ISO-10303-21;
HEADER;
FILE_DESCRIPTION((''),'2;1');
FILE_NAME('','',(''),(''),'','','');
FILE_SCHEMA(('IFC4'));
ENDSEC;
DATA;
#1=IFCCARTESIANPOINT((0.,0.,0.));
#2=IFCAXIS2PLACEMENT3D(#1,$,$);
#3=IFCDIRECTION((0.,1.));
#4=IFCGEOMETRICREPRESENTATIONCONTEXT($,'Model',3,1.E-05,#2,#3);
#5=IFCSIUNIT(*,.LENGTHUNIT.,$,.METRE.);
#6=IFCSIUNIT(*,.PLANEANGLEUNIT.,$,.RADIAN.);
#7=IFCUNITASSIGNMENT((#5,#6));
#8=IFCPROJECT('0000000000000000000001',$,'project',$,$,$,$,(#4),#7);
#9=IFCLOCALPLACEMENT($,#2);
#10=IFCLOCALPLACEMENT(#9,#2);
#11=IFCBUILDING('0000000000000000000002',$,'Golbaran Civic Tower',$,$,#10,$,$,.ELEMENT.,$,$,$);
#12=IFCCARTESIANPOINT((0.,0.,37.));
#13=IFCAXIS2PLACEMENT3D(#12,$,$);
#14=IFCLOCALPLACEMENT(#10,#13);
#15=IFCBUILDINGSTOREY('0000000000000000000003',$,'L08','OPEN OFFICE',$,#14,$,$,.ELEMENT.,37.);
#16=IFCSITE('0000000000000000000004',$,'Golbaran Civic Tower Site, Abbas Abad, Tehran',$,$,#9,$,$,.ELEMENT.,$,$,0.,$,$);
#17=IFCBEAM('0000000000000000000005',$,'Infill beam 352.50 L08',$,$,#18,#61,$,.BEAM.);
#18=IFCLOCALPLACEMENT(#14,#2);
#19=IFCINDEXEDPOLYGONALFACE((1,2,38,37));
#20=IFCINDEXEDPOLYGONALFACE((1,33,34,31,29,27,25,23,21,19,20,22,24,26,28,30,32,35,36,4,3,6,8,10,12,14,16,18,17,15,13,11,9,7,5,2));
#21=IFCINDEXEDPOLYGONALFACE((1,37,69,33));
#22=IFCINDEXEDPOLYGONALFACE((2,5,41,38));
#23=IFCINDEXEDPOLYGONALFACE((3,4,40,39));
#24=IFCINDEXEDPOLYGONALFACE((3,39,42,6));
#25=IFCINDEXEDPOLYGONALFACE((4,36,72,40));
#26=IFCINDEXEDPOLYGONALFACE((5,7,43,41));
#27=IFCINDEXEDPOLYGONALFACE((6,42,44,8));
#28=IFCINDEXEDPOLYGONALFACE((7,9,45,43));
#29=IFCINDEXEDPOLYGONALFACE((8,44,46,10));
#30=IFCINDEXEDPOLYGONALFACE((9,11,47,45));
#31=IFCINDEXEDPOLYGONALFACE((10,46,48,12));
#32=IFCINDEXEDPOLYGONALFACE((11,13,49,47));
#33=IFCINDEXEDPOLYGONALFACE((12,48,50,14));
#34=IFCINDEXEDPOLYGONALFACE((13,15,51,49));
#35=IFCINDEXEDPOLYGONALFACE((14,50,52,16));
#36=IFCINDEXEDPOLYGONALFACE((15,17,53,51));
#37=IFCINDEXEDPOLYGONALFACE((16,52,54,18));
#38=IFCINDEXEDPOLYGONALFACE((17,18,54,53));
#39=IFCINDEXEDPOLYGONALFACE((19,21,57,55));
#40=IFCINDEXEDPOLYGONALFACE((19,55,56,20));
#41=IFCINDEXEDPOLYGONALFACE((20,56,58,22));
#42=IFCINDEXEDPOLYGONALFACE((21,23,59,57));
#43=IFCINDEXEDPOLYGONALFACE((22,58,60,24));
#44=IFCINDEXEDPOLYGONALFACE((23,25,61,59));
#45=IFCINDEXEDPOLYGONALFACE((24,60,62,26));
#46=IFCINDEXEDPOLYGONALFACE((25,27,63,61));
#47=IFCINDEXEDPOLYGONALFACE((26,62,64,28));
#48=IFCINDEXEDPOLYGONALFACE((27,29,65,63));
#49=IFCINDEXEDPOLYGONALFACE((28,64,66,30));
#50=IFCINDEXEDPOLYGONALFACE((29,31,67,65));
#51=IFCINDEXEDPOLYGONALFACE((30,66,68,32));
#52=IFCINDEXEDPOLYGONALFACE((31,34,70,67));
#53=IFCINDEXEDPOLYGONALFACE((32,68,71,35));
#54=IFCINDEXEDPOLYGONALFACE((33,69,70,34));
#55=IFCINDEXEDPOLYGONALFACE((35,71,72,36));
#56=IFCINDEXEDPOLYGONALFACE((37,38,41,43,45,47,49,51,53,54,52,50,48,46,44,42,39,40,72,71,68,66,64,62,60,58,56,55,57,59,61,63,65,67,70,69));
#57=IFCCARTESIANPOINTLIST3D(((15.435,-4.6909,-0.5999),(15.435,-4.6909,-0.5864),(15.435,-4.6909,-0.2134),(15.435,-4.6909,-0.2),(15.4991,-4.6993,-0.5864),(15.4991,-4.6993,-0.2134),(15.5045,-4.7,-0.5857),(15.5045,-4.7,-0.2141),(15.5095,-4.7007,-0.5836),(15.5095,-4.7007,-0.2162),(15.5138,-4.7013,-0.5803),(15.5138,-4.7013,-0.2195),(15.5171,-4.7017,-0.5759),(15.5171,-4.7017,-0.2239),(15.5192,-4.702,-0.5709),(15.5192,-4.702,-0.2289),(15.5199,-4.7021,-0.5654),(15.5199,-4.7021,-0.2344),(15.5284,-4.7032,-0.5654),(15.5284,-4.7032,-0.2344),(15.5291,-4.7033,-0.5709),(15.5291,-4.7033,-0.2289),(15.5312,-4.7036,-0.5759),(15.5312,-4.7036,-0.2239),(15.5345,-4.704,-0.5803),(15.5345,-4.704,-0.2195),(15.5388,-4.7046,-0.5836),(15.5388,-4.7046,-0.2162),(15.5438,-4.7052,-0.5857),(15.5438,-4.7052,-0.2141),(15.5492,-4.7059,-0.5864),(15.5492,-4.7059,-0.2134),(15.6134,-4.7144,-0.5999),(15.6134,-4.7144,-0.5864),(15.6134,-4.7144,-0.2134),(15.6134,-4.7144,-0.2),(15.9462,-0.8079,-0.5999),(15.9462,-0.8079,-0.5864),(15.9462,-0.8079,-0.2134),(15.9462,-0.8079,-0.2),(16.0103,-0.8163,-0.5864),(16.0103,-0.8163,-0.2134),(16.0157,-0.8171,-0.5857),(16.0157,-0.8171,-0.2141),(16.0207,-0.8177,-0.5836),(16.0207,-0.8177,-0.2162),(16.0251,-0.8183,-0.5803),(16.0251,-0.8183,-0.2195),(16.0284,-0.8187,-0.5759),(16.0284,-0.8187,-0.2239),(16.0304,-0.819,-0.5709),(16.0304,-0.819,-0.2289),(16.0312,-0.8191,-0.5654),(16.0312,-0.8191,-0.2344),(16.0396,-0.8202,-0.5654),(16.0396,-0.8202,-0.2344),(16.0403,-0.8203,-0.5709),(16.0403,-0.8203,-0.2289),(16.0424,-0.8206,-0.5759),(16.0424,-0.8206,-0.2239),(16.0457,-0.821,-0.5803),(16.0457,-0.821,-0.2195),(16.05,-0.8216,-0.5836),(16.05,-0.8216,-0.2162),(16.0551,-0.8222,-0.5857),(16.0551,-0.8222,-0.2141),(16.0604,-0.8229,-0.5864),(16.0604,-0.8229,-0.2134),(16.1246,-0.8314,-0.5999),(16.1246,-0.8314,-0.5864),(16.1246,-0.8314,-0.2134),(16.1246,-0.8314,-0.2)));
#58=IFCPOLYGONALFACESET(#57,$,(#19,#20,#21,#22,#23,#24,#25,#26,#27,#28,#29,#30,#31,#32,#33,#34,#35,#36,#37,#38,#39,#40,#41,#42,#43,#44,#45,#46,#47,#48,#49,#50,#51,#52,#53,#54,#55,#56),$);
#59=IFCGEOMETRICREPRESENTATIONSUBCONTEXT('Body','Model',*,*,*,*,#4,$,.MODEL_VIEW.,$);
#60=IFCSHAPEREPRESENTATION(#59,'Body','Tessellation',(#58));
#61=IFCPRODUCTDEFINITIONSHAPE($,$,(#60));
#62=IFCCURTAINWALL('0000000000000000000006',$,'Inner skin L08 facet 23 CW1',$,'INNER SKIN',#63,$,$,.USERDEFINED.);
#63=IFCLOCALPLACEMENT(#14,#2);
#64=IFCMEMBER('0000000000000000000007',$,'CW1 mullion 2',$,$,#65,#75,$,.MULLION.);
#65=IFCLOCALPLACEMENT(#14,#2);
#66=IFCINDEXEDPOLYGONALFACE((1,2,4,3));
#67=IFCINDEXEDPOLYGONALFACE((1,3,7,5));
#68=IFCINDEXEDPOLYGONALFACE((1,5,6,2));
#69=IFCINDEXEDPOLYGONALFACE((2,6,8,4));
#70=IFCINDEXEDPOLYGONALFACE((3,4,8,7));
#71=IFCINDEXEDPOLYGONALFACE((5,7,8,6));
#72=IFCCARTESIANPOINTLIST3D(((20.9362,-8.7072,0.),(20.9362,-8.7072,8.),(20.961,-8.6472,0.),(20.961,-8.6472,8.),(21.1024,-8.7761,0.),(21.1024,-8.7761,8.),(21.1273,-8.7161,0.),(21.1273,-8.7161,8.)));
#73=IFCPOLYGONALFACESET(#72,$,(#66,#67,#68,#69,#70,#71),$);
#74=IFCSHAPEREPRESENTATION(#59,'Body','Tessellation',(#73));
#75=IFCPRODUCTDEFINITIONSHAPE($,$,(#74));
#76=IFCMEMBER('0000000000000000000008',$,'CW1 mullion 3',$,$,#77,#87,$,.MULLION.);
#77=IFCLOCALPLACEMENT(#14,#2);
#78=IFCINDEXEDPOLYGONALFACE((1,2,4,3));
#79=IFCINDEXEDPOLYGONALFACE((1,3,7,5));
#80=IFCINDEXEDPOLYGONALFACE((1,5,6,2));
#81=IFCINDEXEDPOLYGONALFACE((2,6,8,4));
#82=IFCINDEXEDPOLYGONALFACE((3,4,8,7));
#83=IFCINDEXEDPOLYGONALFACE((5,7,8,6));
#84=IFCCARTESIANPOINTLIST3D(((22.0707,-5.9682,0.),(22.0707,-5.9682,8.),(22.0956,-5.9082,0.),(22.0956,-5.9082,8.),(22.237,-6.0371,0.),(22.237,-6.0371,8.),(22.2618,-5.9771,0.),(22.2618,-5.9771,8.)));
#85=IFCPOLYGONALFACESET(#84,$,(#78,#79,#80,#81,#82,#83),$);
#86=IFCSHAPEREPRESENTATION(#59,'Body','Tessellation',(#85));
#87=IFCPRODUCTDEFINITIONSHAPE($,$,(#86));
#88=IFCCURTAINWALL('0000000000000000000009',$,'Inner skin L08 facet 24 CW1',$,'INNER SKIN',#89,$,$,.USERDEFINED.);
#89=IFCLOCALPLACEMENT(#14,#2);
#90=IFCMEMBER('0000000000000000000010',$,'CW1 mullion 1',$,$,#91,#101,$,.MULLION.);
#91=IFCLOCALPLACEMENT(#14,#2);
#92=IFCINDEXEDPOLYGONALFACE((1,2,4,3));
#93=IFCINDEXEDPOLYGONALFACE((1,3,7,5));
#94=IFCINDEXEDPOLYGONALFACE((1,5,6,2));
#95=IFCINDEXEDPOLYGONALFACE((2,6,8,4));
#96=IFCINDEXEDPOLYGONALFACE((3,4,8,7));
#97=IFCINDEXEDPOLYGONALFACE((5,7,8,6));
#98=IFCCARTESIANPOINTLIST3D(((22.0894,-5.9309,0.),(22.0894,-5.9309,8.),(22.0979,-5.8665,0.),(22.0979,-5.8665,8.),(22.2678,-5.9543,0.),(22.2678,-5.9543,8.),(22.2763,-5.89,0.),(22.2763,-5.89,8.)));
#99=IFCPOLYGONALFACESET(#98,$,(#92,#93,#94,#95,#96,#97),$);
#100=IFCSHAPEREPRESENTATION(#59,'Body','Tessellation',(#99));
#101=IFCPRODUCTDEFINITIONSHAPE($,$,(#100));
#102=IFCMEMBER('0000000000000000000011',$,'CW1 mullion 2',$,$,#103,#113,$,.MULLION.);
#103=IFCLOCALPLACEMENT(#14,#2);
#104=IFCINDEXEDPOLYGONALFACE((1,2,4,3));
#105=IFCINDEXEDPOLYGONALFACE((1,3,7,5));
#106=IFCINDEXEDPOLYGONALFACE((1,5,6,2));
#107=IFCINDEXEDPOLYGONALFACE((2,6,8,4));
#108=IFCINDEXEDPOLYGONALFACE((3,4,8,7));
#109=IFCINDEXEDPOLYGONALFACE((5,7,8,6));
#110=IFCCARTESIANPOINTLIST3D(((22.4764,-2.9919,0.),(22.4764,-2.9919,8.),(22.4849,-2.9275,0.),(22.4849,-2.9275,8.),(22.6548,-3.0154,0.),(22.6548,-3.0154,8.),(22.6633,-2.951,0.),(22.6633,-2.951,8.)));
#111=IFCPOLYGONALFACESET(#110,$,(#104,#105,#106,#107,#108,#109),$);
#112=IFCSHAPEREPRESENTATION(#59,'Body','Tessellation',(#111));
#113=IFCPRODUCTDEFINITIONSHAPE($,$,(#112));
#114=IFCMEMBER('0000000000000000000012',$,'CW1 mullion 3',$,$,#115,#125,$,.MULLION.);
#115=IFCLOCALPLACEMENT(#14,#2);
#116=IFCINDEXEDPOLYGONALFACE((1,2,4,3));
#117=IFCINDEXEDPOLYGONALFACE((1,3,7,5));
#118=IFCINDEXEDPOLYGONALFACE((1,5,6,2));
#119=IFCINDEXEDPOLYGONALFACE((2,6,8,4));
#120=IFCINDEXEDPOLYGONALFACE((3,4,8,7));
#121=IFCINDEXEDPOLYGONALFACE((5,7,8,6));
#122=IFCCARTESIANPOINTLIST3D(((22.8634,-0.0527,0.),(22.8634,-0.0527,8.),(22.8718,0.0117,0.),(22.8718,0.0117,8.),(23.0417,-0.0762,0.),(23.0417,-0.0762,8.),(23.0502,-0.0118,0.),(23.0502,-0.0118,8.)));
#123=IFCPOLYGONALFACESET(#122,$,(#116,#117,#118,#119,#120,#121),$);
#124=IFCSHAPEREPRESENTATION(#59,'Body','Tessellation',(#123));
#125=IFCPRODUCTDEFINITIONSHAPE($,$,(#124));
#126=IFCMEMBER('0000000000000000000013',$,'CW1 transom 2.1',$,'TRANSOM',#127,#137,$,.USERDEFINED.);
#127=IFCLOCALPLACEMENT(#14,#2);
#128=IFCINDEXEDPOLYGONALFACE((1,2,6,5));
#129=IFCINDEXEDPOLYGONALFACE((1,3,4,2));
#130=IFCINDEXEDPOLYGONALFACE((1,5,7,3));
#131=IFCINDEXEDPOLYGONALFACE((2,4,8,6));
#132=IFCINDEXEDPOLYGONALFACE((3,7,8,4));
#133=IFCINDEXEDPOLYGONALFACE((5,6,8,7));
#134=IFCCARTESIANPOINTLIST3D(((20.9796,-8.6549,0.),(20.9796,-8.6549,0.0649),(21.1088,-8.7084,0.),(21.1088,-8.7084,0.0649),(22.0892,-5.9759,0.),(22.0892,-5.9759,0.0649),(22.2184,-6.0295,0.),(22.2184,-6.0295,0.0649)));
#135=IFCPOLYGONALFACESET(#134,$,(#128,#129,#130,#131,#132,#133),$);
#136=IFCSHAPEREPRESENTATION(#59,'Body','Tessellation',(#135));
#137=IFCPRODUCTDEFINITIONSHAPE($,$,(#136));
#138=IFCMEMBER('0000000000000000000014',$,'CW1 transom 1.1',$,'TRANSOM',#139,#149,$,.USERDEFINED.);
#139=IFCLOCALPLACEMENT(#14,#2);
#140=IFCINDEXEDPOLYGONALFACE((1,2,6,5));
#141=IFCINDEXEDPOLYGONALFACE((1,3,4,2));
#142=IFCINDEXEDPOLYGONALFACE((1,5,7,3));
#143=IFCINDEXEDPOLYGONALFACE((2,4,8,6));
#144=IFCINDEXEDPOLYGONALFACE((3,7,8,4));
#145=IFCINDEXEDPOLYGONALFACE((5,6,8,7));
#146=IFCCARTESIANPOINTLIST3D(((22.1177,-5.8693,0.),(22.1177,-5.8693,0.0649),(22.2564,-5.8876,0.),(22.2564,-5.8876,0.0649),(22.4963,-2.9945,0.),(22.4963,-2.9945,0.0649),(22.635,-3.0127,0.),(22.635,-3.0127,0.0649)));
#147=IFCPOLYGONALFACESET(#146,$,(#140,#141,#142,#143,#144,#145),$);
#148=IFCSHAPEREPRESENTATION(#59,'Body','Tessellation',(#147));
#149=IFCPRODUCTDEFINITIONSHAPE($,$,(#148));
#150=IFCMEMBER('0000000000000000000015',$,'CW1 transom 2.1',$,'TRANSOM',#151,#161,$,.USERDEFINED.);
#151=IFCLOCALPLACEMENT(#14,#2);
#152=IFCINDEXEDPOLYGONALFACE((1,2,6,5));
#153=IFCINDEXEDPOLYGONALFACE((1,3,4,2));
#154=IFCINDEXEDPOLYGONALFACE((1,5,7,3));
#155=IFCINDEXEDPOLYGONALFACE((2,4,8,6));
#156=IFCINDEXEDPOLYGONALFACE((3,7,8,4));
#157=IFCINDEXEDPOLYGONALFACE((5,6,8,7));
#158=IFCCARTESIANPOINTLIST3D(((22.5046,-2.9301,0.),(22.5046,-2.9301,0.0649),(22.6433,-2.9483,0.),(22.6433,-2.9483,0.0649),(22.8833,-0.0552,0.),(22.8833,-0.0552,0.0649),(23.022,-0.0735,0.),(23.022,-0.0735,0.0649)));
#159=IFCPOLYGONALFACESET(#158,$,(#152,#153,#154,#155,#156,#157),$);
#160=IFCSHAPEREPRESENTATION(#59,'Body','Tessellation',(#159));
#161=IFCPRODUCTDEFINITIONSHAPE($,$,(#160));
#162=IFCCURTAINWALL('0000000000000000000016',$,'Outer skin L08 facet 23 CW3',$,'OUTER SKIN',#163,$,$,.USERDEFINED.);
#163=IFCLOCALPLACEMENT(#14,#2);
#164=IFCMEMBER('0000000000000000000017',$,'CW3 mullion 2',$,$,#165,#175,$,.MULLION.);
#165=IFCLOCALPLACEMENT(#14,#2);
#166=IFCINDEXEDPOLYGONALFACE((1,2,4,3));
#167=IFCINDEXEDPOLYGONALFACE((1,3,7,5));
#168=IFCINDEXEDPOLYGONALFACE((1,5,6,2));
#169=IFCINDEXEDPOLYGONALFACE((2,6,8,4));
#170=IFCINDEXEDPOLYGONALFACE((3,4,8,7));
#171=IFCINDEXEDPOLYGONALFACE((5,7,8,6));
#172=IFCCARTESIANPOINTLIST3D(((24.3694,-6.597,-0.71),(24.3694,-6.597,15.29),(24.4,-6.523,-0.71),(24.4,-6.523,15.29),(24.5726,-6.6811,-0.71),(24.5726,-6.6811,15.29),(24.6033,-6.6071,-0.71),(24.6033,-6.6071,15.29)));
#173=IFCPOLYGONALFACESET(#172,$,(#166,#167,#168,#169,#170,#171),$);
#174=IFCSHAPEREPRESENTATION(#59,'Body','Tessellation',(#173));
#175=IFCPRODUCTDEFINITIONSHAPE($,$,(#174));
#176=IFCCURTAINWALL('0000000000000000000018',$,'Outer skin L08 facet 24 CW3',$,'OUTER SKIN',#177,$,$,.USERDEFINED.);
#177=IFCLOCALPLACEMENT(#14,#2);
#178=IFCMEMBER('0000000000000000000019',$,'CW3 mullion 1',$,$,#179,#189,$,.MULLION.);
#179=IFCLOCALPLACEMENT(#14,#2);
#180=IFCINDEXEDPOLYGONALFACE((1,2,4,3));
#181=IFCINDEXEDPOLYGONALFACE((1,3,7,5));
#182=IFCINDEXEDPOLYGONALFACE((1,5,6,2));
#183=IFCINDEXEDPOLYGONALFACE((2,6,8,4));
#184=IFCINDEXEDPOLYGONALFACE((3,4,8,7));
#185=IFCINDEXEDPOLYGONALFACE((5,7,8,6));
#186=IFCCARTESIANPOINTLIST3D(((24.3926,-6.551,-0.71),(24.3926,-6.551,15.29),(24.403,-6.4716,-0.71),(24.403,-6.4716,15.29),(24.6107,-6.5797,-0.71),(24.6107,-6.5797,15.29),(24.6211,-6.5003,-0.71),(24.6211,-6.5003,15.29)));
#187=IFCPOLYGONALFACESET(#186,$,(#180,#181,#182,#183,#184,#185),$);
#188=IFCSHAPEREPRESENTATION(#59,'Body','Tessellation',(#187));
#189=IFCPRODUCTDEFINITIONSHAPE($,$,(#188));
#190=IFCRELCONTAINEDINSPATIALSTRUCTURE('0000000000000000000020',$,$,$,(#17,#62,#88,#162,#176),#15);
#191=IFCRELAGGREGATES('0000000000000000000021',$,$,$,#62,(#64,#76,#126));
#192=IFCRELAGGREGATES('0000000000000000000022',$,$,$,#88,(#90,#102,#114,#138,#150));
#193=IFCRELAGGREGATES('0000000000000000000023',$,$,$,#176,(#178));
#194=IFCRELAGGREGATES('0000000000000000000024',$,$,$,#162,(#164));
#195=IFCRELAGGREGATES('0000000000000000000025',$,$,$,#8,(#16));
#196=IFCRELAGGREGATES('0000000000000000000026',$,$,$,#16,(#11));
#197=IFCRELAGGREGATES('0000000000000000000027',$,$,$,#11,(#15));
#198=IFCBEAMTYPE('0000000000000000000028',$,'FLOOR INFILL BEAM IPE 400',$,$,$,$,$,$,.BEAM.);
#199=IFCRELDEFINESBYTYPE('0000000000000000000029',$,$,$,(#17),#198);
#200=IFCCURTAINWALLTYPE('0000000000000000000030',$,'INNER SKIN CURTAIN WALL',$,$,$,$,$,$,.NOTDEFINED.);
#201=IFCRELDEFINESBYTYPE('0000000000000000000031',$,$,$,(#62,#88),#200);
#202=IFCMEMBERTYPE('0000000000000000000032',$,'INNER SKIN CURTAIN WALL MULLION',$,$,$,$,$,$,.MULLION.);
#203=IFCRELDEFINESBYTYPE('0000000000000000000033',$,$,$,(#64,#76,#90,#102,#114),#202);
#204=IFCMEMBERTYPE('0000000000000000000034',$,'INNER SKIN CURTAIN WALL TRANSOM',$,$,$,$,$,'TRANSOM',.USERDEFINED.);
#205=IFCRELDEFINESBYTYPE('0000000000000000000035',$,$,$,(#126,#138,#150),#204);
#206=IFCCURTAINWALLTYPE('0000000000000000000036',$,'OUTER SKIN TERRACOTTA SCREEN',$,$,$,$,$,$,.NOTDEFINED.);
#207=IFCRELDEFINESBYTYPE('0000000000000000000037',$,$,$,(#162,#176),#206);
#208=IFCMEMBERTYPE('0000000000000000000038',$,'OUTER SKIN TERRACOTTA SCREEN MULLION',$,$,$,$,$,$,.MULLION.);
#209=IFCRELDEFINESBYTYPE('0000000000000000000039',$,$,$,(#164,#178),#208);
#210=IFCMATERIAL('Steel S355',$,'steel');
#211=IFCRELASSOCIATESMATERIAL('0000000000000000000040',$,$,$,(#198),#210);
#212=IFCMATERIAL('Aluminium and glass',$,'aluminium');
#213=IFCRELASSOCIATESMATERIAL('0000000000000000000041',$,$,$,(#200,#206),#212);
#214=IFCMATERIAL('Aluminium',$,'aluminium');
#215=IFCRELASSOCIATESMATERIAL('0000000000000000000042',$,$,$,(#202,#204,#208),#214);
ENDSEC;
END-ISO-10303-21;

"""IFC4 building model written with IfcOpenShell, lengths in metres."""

from ifc_helpers import new_model, si_unit, direction, frame, origin, origin_2d, place, context, subcontext, project, spatial, rectangle, i_section, extrude, material, material_profile, profile_set, type_object, element, aggregate, save


model = new_model("IFC4")

# Units and contexts
model_context = context("Model", 3, precision=1e-05, world=origin(), true_north=direction((0.0, 1.0)))
body_context = subcontext(model_context, "Body", "Model", "MODEL_VIEW")
ifc_project = project(units=[si_unit("LENGTHUNIT", "METRE"), si_unit("PLANEANGLEUNIT", "RADIAN")], contexts=[model_context])

# Site, building, storey
site_placement = place(None, origin())
site = spatial("IfcSite", under=ifc_project, at=site_placement, Name="Golbaran Civic Tower Site, Abbas Abad, Tehran", CompositionType="ELEMENT", RefElevation=0.0)
building_placement = place(site_placement, origin())
building = spatial("IfcBuilding", under=site, at=building_placement, Name="Golbaran Civic Tower", CompositionType="ELEMENT")
storey_placement = place(building_placement, frame((0.0, 0.0, 37.0)))
storey = spatial("IfcBuildingStorey", under=building, at=storey_placement, Name="L08", Description="OPEN OFFICE", CompositionType="ELEMENT", Elevation=37.0)

# Shared definitions
ifc_material_1 = material(Name="Steel S355", Category="steel")

# Beam
ifc_material_profile_1 = material_profile(ifc_material_1, i_section(OverallWidth=0.1799, OverallDepth=0.3999, WebThickness=0.0085, FlangeThickness=0.0134, FilletRadius=0.021, at=origin_2d()), Name="IPE 400")
ifc_profile_set_1 = profile_set([ifc_material_profile_1], Name="Steel S355")
beam_type_1 = type_object("IfcBeamType", Name="FLOOR INFILL BEAM IPE 400", PredefinedType="BEAM", material=ifc_profile_set_1)
beam_1_placement = place(storey_placement, frame((15.5242, -4.7026, -0.3999), z_axis=(0.13053, 0.991444, 0.0), x_axis=(-0.991444, 0.13053, 0.0)))
element("IfcBeam", 1, at=beam_1_placement, inside=storey, type_object=beam_type_1, Name="Infill beam 352.50 L08", PredefinedType="BEAM", context=body_context, shape_type="SweptSolid", body=[
    extrude(i_section(OverallWidth=0.1799, OverallDepth=0.3999, WebThickness=0.0085, FlangeThickness=0.0134, FilletRadius=0.021, at=origin_2d()), origin(), (0.0, 0.0, 1.0), 3.9165),
])

# Curtain walls, members
ifc_material_2 = material(Name="Aluminium and glass", Category="aluminium")
curtain_wall_type_1 = type_object("IfcCurtainWallType", Name="INNER SKIN CURTAIN WALL", PredefinedType="NOTDEFINED", material=ifc_material_2)
curtain_wall_1_placement = place(storey_placement, origin())
curtain_wall_1 = element("IfcCurtainWall", 2, at=curtain_wall_1_placement, inside=storey, type_object=curtain_wall_type_1, Name="Inner skin L08 facet 23 CW1", ObjectType="INNER SKIN", PredefinedType="USERDEFINED")
ifc_material_3 = material(Name="Aluminium", Category="aluminium")
ifc_material_profile_2 = material_profile(ifc_material_3, rectangle(XDim=0.1799, YDim=0.0649, at=origin_2d()), Name="INNER SKIN CURTAIN WALL MULLION")
ifc_profile_set_2 = profile_set([ifc_material_profile_2], Name="Aluminium")
member_type_1 = type_object("IfcMemberType", Name="INNER SKIN CURTAIN WALL MULLION", PredefinedType="MULLION", material=ifc_profile_set_2)
member_1_placement = place(storey_placement, frame((21.0317, -8.7117, 0.0), z_axis=(0.0, 0.0, 1.0), x_axis=(-0.92388, 0.382683, 0.0)))
member_1 = element("IfcMember", 3, at=member_1_placement, type_object=member_type_1, Name="CW1 mullion 2", PredefinedType="MULLION", context=body_context, shape_type="SweptSolid", body=[
    extrude(rectangle(XDim=0.1799, YDim=0.0649, at=origin_2d()), origin(), (0.0, 0.0, 1.0), 8.0),
])
member_2_placement = place(storey_placement, frame((22.1663, -5.9727, 0.0), z_axis=(0.0, 0.0, 1.0), x_axis=(-0.92388, 0.382683, 0.0)))
member_2 = element("IfcMember", 4, at=member_2_placement, type_object=member_type_1, Name="CW1 mullion 3", PredefinedType="MULLION", context=body_context, shape_type="SweptSolid", body=[
    extrude(rectangle(XDim=0.1799, YDim=0.0649, at=origin_2d()), origin(), (0.0, 0.0, 1.0), 8.0),
])
curtain_wall_2_placement = place(storey_placement, origin())
curtain_wall_2 = element("IfcCurtainWall", 5, at=curtain_wall_2_placement, inside=storey, type_object=curtain_wall_type_1, Name="Inner skin L08 facet 24 CW1", ObjectType="INNER SKIN", PredefinedType="USERDEFINED")
member_3_placement = place(storey_placement, frame((22.1829, -5.9104, 0.0), z_axis=(0.0, 0.0, 1.0), x_axis=(-0.991445, 0.130526, 0.0)))
member_3 = element("IfcMember", 6, at=member_3_placement, type_object=member_type_1, Name="CW1 mullion 1", PredefinedType="MULLION", context=body_context, shape_type="SweptSolid", body=[
    extrude(rectangle(XDim=0.1799, YDim=0.0649, at=origin_2d()), origin(), (0.0, 0.0, 1.0), 8.0),
])
member_4_placement = place(storey_placement, frame((22.5698, -2.9714, 0.0), z_axis=(0.0, 0.0, 1.0), x_axis=(-0.991445, 0.130526, 0.0)))
member_4 = element("IfcMember", 7, at=member_4_placement, type_object=member_type_1, Name="CW1 mullion 2", PredefinedType="MULLION", context=body_context, shape_type="SweptSolid", body=[
    extrude(rectangle(XDim=0.1799, YDim=0.0649, at=origin_2d()), origin(), (0.0, 0.0, 1.0), 8.0),
])
member_5_placement = place(storey_placement, frame((22.9568, -0.0322, 0.0), z_axis=(0.0, 0.0, 1.0), x_axis=(-0.991445, 0.130526, 0.0)))
member_5 = element("IfcMember", 8, at=member_5_placement, type_object=member_type_1, Name="CW1 mullion 3", PredefinedType="MULLION", context=body_context, shape_type="SweptSolid", body=[
    extrude(rectangle(XDim=0.1799, YDim=0.0649, at=origin_2d()), origin(), (0.0, 0.0, 1.0), 8.0),
])

# Members
ifc_material_profile_3 = material_profile(ifc_material_3, rectangle(XDim=0.1399, YDim=0.0649, at=origin_2d()), Name="INNER SKIN CURTAIN WALL TRANSOM")
ifc_profile_set_3 = profile_set([ifc_material_profile_3], Name="Aluminium")
member_type_2 = type_object("IfcMemberType", Name="INNER SKIN CURTAIN WALL TRANSOM", ElementType="TRANSOM", PredefinedType="USERDEFINED", material=ifc_profile_set_3)
member_6_placement = place(storey_placement, frame((21.0442, -8.6816, 0.0325), z_axis=(0.382672, 0.923884, 0.0), x_axis=(-0.923884, 0.382672, 0.0)))
member_6 = element("IfcMember", 9, at=member_6_placement, type_object=member_type_2, Name="CW1 transom 2.1", ObjectType="TRANSOM", PredefinedType="USERDEFINED", context=body_context, shape_type="SweptSolid", body=[
    extrude(rectangle(XDim=0.1399, YDim=0.0649, at=origin_2d()), origin(), (0.0, 0.0, 1.0), 2.8997),
])
member_7_placement = place(storey_placement, frame((22.187, -5.8784, 0.0325), z_axis=(0.130592, 0.991436, 0.0), x_axis=(-0.991436, 0.130592, 0.0)))
member_7 = element("IfcMember", 10, at=member_7_placement, type_object=member_type_2, Name="CW1 transom 1.1", ObjectType="TRANSOM", PredefinedType="USERDEFINED", context=body_context, shape_type="SweptSolid", body=[
    extrude(rectangle(XDim=0.1399, YDim=0.0649, at=origin_2d()), origin(), (0.0, 0.0, 1.0), 2.8997),
])
member_8_placement = place(storey_placement, frame((22.574, -2.9392, 0.0325), z_axis=(0.130592, 0.991436, 0.0), x_axis=(-0.991436, 0.130592, 0.0)))
member_8 = element("IfcMember", 11, at=member_8_placement, type_object=member_type_2, Name="CW1 transom 2.1", ObjectType="TRANSOM", PredefinedType="USERDEFINED", context=body_context, shape_type="SweptSolid", body=[
    extrude(rectangle(XDim=0.1399, YDim=0.0649, at=origin_2d()), origin(), (0.0, 0.0, 1.0), 2.8997),
])

# Curtain wall, member
curtain_wall_type_2 = type_object("IfcCurtainWallType", Name="OUTER SKIN TERRACOTTA SCREEN", PredefinedType="NOTDEFINED", material=ifc_material_2)
curtain_wall_3_placement = place(storey_placement, origin())
curtain_wall_3 = element("IfcCurtainWall", 12, at=curtain_wall_3_placement, inside=storey, type_object=curtain_wall_type_2, Name="Outer skin L08 facet 23 CW3", ObjectType="OUTER SKIN", PredefinedType="USERDEFINED")
ifc_material_profile_4 = material_profile(ifc_material_3, rectangle(XDim=0.22, YDim=0.0801, at=origin_2d()), Name="OUTER SKIN TERRACOTTA SCREEN MULLION")
ifc_profile_set_4 = profile_set([ifc_material_profile_4], Name="Aluminium")
member_type_3 = type_object("IfcMemberType", Name="OUTER SKIN TERRACOTTA SCREEN MULLION", PredefinedType="MULLION", material=ifc_profile_set_4)
member_9_placement = place(storey_placement, frame((24.4863, -6.6021, -0.71), z_axis=(0.0, 0.0, 1.0), x_axis=(-0.92388, 0.382683, 0.0)))
member_9 = element("IfcMember", 13, at=member_9_placement, type_object=member_type_3, Name="CW3 mullion 2", PredefinedType="MULLION", context=body_context, shape_type="SweptSolid", body=[
    extrude(rectangle(XDim=0.22, YDim=0.0801, at=origin_2d()), origin(), (0.0, 0.0, 1.0), 16.0),
])

# Curtain wall, member
curtain_wall_4_placement = place(storey_placement, origin())
curtain_wall_4 = element("IfcCurtainWall", 14, at=curtain_wall_4_placement, inside=storey, type_object=curtain_wall_type_2, Name="Outer skin L08 facet 24 CW3", ObjectType="OUTER SKIN", PredefinedType="USERDEFINED")
member_10_placement = place(storey_placement, frame((24.5068, -6.5256, -0.71), z_axis=(0.0, 0.0, 1.0), x_axis=(-0.991445, 0.130526, 0.0)))
member_10 = element("IfcMember", 15, at=member_10_placement, type_object=member_type_3, Name="CW3 mullion 1", PredefinedType="MULLION", context=body_context, shape_type="SweptSolid", body=[
    extrude(rectangle(XDim=0.22, YDim=0.0801, at=origin_2d()), origin(), (0.0, 0.0, 1.0), 16.0),
])

aggregate(curtain_wall_1, [member_1, member_2, member_6])
aggregate(curtain_wall_2, [member_3, member_4, member_5, member_7, member_8])
aggregate(curtain_wall_4, [member_10])
aggregate(curtain_wall_3, [member_9])

save(model, "model.ifc")
